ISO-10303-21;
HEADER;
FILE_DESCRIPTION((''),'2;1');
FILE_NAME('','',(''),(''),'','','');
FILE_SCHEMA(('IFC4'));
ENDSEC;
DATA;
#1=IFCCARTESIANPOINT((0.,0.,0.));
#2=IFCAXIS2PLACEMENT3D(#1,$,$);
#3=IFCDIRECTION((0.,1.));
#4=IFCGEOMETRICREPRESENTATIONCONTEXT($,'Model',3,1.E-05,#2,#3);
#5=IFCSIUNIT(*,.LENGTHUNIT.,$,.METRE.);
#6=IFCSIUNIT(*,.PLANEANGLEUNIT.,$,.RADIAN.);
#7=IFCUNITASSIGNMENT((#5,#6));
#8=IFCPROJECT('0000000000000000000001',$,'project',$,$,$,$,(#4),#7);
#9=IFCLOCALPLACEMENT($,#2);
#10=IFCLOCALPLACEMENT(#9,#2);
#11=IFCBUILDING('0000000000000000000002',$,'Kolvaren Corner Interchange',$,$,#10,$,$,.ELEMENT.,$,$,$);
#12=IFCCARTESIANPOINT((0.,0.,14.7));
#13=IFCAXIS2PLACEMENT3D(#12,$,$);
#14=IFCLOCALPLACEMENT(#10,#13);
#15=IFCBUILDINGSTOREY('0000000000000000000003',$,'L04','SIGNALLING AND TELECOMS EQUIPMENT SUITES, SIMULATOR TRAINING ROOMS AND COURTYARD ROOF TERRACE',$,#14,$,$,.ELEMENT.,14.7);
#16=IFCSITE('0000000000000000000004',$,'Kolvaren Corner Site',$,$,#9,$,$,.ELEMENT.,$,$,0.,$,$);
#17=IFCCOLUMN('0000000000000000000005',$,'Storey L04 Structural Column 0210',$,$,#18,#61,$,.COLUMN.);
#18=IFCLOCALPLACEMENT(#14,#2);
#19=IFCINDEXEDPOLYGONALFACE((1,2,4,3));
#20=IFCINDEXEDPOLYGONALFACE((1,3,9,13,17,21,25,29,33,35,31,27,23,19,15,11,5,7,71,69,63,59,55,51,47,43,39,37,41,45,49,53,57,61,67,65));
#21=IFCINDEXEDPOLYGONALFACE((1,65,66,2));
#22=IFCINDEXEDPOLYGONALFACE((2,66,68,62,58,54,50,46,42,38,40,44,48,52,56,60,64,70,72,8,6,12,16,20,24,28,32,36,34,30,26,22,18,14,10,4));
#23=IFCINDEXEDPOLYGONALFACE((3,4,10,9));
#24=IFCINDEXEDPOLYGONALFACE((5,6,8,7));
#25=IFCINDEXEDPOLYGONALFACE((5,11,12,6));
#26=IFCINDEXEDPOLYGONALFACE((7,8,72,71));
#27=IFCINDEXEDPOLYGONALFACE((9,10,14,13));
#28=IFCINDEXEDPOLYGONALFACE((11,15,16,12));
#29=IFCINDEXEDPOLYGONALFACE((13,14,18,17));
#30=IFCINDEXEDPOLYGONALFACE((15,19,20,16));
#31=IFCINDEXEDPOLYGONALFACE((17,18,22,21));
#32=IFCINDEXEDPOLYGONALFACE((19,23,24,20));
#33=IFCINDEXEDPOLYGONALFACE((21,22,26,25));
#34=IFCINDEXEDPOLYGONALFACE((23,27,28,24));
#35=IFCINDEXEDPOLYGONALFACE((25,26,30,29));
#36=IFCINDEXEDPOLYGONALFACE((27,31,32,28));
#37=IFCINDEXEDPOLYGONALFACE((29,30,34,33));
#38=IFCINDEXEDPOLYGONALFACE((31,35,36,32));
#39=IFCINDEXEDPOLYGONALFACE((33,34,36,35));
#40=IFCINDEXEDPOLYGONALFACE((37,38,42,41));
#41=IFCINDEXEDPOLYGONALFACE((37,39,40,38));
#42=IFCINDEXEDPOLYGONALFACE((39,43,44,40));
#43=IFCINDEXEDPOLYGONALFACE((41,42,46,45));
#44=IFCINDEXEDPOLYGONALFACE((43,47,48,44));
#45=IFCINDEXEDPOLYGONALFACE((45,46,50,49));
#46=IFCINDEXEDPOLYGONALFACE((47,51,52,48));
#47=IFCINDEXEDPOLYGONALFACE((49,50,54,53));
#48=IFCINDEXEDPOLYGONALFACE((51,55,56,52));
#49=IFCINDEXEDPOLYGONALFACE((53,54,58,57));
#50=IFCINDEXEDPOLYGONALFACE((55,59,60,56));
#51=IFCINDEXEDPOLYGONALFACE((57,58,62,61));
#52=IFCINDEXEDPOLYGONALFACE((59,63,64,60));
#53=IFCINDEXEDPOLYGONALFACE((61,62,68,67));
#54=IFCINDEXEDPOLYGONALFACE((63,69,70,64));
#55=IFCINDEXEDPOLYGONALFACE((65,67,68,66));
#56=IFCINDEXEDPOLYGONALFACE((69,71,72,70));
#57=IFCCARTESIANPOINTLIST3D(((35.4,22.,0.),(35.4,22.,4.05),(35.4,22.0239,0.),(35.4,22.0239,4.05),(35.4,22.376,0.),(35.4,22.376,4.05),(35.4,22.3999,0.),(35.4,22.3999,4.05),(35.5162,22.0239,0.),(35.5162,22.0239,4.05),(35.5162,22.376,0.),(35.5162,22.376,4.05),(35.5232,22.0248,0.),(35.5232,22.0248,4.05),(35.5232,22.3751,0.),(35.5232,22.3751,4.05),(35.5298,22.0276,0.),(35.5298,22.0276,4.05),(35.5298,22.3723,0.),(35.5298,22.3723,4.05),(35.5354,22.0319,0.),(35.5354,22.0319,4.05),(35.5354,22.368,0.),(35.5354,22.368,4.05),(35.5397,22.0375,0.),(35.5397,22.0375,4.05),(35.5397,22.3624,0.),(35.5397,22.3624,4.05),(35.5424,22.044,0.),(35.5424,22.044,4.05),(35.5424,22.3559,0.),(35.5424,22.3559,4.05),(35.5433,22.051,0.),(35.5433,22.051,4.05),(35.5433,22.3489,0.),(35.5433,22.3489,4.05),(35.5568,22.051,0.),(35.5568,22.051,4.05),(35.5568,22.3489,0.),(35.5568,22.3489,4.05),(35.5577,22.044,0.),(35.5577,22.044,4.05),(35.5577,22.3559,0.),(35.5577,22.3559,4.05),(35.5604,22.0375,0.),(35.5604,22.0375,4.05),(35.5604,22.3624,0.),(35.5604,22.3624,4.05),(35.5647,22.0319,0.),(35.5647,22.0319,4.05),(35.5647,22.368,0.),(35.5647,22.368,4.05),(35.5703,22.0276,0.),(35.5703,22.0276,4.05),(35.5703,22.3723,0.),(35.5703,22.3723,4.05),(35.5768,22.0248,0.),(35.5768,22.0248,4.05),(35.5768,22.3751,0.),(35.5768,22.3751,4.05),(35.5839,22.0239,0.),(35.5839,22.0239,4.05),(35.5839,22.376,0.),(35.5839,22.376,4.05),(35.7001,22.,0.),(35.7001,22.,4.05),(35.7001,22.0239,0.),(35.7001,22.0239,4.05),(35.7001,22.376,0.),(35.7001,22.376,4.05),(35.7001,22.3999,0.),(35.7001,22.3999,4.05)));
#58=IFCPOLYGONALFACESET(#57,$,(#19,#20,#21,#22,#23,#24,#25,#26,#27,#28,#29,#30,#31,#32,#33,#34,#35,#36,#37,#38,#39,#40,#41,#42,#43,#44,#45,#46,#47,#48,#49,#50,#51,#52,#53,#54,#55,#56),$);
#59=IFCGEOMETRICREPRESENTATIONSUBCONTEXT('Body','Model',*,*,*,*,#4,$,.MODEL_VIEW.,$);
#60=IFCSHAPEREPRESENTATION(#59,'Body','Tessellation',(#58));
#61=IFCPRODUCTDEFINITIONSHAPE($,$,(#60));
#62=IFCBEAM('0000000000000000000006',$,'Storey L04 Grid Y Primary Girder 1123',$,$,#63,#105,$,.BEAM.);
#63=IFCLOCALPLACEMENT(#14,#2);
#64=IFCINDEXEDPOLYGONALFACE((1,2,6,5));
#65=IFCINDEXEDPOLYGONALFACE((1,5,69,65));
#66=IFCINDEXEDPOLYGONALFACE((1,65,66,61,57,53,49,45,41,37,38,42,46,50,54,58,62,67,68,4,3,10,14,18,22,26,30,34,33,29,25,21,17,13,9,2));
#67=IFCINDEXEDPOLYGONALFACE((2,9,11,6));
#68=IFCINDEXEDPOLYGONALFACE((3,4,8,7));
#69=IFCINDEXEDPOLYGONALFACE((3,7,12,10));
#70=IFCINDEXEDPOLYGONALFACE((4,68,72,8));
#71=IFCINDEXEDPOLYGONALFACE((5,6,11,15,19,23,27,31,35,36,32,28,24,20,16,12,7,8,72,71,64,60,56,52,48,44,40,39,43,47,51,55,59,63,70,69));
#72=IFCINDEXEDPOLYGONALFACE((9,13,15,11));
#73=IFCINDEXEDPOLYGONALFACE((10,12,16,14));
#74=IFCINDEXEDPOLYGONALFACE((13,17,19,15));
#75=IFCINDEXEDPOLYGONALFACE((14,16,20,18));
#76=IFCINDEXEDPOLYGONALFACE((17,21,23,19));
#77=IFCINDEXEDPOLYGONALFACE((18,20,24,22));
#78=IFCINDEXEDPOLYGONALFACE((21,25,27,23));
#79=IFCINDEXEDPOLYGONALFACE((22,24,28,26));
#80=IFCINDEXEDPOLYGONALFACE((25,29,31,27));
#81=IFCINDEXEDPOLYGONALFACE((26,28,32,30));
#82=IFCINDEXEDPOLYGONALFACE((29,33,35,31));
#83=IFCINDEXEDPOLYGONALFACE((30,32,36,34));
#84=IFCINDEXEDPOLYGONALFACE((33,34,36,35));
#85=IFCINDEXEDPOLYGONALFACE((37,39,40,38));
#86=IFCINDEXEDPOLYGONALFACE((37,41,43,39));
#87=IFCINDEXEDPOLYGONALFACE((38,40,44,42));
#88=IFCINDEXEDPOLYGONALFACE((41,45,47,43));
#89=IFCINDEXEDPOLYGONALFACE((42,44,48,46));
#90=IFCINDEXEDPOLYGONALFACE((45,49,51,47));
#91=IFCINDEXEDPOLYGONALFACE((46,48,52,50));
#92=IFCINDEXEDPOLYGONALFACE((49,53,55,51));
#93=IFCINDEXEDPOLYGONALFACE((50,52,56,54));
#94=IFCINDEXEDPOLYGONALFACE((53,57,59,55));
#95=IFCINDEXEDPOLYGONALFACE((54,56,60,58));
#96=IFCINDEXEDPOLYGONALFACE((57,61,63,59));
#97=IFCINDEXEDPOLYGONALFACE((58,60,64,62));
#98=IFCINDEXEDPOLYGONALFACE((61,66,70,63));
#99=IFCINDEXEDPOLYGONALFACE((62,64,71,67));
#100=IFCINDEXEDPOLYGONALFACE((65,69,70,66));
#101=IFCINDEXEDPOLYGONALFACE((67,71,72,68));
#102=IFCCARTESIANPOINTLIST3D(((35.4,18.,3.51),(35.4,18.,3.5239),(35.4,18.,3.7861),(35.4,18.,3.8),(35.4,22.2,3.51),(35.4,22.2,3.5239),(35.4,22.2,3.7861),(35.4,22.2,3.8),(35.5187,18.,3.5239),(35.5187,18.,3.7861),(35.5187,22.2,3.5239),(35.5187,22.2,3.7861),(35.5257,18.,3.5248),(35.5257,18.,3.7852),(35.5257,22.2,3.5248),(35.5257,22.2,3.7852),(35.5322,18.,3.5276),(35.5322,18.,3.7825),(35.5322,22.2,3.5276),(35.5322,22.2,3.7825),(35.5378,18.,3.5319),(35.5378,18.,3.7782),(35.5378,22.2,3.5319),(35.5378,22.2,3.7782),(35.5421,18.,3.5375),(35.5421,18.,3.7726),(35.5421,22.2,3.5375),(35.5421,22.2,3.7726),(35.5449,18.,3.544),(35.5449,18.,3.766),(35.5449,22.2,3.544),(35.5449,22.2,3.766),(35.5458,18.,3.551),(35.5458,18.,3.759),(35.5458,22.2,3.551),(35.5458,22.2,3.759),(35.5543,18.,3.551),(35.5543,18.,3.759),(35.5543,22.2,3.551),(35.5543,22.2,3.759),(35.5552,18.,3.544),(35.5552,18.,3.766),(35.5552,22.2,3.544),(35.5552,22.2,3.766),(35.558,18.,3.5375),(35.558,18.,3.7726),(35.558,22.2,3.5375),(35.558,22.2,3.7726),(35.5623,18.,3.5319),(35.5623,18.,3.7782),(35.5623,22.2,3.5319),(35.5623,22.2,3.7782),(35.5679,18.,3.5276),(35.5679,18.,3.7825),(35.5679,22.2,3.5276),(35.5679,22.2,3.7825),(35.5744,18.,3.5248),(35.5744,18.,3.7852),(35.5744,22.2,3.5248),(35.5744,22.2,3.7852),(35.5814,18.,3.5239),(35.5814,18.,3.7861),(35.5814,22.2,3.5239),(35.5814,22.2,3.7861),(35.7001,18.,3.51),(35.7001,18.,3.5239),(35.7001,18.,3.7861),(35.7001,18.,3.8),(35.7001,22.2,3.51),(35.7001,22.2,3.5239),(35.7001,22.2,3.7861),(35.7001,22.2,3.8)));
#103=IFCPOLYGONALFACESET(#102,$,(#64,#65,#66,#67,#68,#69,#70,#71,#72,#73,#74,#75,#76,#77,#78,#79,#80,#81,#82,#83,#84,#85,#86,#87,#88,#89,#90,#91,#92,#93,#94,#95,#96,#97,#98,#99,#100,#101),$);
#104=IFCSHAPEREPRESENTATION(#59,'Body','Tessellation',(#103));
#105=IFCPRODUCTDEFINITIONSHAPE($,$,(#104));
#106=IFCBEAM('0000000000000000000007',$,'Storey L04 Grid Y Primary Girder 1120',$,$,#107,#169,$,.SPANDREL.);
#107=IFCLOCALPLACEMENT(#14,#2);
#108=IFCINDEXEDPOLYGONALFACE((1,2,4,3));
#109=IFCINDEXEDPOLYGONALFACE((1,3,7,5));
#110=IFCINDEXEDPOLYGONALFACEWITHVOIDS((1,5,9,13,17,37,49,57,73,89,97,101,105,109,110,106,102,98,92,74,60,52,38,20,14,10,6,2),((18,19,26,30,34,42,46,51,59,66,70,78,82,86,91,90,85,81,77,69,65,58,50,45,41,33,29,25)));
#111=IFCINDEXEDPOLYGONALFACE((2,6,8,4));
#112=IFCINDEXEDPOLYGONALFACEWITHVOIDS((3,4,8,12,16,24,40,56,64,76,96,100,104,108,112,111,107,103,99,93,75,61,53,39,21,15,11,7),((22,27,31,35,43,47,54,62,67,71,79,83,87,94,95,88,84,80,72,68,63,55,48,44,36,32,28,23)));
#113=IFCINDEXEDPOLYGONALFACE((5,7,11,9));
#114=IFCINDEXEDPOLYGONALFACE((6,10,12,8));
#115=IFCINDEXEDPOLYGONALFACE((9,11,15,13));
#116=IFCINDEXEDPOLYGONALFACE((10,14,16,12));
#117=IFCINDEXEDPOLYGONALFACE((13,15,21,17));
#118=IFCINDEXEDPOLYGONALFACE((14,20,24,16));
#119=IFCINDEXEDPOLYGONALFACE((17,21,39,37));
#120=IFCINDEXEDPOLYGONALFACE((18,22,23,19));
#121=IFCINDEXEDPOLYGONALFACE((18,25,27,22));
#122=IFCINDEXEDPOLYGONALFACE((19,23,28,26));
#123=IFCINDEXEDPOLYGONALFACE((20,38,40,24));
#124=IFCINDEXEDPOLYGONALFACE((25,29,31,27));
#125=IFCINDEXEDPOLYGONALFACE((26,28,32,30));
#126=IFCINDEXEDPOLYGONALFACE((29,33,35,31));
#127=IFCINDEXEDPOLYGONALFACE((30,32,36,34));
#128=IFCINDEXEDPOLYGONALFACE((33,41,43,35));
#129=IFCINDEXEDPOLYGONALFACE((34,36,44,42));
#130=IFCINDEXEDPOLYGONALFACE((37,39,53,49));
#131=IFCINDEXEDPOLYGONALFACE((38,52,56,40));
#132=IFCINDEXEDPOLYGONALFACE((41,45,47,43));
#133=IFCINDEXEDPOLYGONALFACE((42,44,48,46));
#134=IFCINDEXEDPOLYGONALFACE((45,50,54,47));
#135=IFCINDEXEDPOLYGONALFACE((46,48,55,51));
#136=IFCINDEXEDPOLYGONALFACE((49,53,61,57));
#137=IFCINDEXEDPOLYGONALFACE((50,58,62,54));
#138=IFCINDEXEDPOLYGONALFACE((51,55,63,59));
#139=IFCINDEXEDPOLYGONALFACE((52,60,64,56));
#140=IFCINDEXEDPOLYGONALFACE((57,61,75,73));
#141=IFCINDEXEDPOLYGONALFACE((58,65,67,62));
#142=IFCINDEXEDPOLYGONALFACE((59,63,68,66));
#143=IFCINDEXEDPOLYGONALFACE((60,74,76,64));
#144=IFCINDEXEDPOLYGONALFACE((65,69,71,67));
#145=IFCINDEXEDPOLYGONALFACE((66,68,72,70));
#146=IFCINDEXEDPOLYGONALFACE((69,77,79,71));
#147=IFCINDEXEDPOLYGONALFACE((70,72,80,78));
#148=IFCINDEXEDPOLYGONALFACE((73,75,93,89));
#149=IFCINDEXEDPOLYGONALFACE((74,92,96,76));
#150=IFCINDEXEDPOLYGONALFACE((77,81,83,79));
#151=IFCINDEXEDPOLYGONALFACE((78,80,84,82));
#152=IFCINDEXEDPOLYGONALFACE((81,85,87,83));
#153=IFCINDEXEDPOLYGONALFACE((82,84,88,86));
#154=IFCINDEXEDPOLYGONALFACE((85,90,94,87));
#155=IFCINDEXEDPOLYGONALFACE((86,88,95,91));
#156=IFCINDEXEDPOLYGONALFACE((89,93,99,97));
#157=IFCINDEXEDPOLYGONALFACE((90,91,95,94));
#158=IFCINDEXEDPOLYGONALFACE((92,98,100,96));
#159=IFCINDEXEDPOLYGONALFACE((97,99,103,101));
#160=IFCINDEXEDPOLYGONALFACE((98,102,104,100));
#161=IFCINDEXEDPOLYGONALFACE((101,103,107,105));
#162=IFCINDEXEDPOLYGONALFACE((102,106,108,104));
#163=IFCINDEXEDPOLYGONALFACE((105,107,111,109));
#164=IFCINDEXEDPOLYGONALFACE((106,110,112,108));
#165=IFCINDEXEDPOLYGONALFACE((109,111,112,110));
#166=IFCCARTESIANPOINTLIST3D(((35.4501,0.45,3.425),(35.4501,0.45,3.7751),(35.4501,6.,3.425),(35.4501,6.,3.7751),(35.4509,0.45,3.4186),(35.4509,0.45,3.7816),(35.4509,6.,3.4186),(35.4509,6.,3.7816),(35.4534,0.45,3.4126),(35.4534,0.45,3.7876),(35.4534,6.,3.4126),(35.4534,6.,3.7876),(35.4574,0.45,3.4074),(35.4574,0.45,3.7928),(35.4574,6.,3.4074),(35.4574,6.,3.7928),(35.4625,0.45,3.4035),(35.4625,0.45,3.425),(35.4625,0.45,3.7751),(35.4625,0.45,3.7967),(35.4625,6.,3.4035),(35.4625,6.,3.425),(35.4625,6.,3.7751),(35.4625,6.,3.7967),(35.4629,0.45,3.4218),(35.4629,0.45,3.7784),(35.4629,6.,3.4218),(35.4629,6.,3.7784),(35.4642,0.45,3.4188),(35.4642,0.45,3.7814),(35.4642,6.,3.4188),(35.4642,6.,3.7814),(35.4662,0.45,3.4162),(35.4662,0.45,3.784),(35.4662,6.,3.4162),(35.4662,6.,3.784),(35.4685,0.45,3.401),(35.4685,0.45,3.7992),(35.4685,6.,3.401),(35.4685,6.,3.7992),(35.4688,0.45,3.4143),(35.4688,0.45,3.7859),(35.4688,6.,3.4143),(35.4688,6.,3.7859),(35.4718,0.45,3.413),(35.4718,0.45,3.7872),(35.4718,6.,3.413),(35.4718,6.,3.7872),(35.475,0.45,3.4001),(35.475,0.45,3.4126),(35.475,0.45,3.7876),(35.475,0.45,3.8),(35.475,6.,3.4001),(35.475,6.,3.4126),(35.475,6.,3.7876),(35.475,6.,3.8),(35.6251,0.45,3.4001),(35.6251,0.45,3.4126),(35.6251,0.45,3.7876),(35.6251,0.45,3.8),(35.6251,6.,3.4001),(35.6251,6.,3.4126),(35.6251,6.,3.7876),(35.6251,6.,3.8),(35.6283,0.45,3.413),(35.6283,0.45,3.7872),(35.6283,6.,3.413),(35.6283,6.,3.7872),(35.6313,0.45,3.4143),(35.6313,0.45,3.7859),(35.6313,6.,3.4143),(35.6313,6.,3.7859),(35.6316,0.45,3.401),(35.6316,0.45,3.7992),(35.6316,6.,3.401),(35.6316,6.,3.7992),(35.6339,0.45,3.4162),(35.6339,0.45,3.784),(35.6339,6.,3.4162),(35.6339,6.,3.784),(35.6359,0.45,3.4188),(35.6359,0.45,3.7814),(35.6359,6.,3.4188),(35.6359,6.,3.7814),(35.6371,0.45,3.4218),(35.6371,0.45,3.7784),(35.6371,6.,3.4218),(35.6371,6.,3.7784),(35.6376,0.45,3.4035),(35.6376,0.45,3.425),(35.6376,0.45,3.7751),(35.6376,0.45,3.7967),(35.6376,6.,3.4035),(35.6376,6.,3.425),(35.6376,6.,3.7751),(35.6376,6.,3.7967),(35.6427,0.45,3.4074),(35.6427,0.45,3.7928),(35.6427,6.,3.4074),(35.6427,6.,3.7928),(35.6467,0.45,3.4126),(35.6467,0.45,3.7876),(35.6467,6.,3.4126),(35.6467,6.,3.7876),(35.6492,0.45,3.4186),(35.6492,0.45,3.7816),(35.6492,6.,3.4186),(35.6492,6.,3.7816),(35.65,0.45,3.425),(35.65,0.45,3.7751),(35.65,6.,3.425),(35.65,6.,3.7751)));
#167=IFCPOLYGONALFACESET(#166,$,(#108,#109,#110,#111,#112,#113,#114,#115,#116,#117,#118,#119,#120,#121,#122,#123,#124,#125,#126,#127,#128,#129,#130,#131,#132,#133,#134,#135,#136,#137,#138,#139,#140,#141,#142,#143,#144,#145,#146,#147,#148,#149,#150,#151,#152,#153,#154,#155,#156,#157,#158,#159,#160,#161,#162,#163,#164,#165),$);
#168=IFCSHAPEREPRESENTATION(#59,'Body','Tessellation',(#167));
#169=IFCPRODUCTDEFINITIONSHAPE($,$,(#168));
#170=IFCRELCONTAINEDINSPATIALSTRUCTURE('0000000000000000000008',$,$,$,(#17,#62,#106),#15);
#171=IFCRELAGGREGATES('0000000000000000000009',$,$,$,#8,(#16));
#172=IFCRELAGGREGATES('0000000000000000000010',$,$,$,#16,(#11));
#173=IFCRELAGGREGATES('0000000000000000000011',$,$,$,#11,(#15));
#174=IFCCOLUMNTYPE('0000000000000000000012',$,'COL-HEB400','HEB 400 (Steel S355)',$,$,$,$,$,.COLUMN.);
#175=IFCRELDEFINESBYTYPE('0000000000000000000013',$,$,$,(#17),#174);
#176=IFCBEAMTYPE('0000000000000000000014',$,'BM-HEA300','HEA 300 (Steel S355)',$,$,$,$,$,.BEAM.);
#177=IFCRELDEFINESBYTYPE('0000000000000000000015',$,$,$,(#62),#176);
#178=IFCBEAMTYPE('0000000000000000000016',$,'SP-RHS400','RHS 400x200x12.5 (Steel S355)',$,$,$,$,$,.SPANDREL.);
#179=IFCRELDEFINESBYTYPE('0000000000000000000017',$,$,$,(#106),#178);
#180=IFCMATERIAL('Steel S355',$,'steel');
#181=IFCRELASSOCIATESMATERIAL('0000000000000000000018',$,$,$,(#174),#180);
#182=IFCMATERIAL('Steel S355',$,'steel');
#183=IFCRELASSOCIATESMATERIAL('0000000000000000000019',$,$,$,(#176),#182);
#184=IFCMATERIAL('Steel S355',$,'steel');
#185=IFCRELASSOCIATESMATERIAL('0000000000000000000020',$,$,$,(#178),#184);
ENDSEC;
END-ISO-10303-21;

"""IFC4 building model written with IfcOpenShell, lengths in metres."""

from ifc_helpers import new_model, si_unit, direction, frame, origin, origin_2d, place, context, subcontext, project, spatial, hollow_rectangle, i_section, extrude, material, material_profile, profile_set, type_object, element, save


model = new_model("IFC4")

# Units and contexts
model_context = context("Model", 3, precision=1e-05, world=origin(), true_north=direction((0.0, 1.0)))
body_context = subcontext(model_context, "Body", "Model", "MODEL_VIEW")
ifc_project = project(units=[si_unit("LENGTHUNIT", "METRE"), si_unit("PLANEANGLEUNIT", "RADIAN")], contexts=[model_context])

# Site, building, storey
site_placement = place(None, origin())
site = spatial("IfcSite", under=ifc_project, at=site_placement, Name="Kolvaren Corner Site", CompositionType="ELEMENT", RefElevation=0.0)
building_placement = place(site_placement, origin())
building = spatial("IfcBuilding", under=site, at=building_placement, Name="Kolvaren Corner Interchange", CompositionType="ELEMENT")
storey_placement = place(building_placement, frame((0.0, 0.0, 14.7)))
storey = spatial("IfcBuildingStorey", under=building, at=storey_placement, Name="L04", Description="SIGNALLING AND TELECOMS EQUIPMENT SUITES, SIMULATOR TRAINING ROOMS AND COURTYARD ROOF TERRACE", CompositionType="ELEMENT", Elevation=14.7)

# Column
ifc_material_1 = material(Name="Steel S355", Category="steel")
ifc_material_profile_1 = material_profile(ifc_material_1, i_section(OverallWidth=0.3, OverallDepth=0.3999, WebThickness=0.0134, FlangeThickness=0.0239, FilletRadius=0.0271, at=origin_2d()), Name="HEB 400")
ifc_profile_set_1 = profile_set([ifc_material_profile_1], Name="Steel S355")
column_type = type_object("IfcColumnType", Name="COL-HEB400", Description="HEB 400 (Steel S355)", PredefinedType="COLUMN", material=ifc_profile_set_1)
for number, where, z_axis, x_axis, name in (
    (1, (35.55, 22.2, 0.0), (0.0, 0.0, 1.0), (1.0, 0.0, 0.0), "Storey L04 Structural Column 0210"),
):
    element("IfcColumn", number, at=place(storey_placement, frame(where, z_axis=z_axis, x_axis=x_axis)), inside=storey, type_object=column_type, Name=name, PredefinedType="COLUMN", context=body_context, shape_type="SweptSolid", body=[
        extrude(i_section(OverallWidth=0.3, OverallDepth=0.3999, WebThickness=0.0134, FlangeThickness=0.0239, FilletRadius=0.0271, at=origin_2d()), origin(), (0.0, 0.0, 1.0), 4.05),
    ])

# Beams
ifc_material_2 = material(Name="Steel S355", Category="steel")
ifc_material_profile_2 = material_profile(ifc_material_2, i_section(OverallWidth=0.3, OverallDepth=0.29, WebThickness=0.0085, FlangeThickness=0.0139, FilletRadius=0.0271, at=origin_2d()), Name="HEA 300")
ifc_profile_set_2 = profile_set([ifc_material_profile_2], Name="Steel S355")
beam_type_1 = type_object("IfcBeamType", Name="BM-HEA300", Description="HEA 300 (Steel S355)", PredefinedType="BEAM", material=ifc_profile_set_2)
beam_1_placement = place(storey_placement, frame((35.55, 18.0, 3.655), z_axis=(0.0, 1.0, 0.0), x_axis=(-1.0, 0.0, 0.0)))
element("IfcBeam", 2, at=beam_1_placement, inside=storey, type_object=beam_type_1, Name="Storey L04 Grid Y Primary Girder 1123", PredefinedType="BEAM", context=body_context, shape_type="SweptSolid", body=[
    extrude(i_section(OverallWidth=0.3, OverallDepth=0.29, WebThickness=0.0085, FlangeThickness=0.0139, FilletRadius=0.0271, at=origin_2d()), origin(), (0.0, 0.0, 1.0), 4.2),
])
ifc_material_3 = material(Name="Steel S355", Category="steel")
ifc_material_profile_3 = material_profile(ifc_material_3, hollow_rectangle(XDim=0.2, YDim=0.3999, WallThickness=0.0125, InnerFilletRadius=0.0125, OuterFilletRadius=0.0249, at=origin_2d()), Name="RHS 400x200x12.5")
ifc_profile_set_3 = profile_set([ifc_material_profile_3], Name="Steel S355")
beam_type_2 = type_object("IfcBeamType", Name="SP-RHS400", Description="RHS 400x200x12.5 (Steel S355)", PredefinedType="SPANDREL", material=ifc_profile_set_3)
beam_2_placement = place(storey_placement, frame((35.55, 0.45, 3.6001), z_axis=(0.0, 1.0, 0.0), x_axis=(-1.0, 0.0, 0.0)))
element("IfcBeam", 3, at=beam_2_placement, inside=storey, type_object=beam_type_2, Name="Storey L04 Grid Y Primary Girder 1120", PredefinedType="SPANDREL", context=body_context, shape_type="SweptSolid", body=[
    extrude(hollow_rectangle(XDim=0.2, YDim=0.3999, WallThickness=0.0125, InnerFilletRadius=0.0125, OuterFilletRadius=0.0249, at=origin_2d()), origin(), (0.0, 0.0, 1.0), 5.55),
])

save(model, "model.ifc")
